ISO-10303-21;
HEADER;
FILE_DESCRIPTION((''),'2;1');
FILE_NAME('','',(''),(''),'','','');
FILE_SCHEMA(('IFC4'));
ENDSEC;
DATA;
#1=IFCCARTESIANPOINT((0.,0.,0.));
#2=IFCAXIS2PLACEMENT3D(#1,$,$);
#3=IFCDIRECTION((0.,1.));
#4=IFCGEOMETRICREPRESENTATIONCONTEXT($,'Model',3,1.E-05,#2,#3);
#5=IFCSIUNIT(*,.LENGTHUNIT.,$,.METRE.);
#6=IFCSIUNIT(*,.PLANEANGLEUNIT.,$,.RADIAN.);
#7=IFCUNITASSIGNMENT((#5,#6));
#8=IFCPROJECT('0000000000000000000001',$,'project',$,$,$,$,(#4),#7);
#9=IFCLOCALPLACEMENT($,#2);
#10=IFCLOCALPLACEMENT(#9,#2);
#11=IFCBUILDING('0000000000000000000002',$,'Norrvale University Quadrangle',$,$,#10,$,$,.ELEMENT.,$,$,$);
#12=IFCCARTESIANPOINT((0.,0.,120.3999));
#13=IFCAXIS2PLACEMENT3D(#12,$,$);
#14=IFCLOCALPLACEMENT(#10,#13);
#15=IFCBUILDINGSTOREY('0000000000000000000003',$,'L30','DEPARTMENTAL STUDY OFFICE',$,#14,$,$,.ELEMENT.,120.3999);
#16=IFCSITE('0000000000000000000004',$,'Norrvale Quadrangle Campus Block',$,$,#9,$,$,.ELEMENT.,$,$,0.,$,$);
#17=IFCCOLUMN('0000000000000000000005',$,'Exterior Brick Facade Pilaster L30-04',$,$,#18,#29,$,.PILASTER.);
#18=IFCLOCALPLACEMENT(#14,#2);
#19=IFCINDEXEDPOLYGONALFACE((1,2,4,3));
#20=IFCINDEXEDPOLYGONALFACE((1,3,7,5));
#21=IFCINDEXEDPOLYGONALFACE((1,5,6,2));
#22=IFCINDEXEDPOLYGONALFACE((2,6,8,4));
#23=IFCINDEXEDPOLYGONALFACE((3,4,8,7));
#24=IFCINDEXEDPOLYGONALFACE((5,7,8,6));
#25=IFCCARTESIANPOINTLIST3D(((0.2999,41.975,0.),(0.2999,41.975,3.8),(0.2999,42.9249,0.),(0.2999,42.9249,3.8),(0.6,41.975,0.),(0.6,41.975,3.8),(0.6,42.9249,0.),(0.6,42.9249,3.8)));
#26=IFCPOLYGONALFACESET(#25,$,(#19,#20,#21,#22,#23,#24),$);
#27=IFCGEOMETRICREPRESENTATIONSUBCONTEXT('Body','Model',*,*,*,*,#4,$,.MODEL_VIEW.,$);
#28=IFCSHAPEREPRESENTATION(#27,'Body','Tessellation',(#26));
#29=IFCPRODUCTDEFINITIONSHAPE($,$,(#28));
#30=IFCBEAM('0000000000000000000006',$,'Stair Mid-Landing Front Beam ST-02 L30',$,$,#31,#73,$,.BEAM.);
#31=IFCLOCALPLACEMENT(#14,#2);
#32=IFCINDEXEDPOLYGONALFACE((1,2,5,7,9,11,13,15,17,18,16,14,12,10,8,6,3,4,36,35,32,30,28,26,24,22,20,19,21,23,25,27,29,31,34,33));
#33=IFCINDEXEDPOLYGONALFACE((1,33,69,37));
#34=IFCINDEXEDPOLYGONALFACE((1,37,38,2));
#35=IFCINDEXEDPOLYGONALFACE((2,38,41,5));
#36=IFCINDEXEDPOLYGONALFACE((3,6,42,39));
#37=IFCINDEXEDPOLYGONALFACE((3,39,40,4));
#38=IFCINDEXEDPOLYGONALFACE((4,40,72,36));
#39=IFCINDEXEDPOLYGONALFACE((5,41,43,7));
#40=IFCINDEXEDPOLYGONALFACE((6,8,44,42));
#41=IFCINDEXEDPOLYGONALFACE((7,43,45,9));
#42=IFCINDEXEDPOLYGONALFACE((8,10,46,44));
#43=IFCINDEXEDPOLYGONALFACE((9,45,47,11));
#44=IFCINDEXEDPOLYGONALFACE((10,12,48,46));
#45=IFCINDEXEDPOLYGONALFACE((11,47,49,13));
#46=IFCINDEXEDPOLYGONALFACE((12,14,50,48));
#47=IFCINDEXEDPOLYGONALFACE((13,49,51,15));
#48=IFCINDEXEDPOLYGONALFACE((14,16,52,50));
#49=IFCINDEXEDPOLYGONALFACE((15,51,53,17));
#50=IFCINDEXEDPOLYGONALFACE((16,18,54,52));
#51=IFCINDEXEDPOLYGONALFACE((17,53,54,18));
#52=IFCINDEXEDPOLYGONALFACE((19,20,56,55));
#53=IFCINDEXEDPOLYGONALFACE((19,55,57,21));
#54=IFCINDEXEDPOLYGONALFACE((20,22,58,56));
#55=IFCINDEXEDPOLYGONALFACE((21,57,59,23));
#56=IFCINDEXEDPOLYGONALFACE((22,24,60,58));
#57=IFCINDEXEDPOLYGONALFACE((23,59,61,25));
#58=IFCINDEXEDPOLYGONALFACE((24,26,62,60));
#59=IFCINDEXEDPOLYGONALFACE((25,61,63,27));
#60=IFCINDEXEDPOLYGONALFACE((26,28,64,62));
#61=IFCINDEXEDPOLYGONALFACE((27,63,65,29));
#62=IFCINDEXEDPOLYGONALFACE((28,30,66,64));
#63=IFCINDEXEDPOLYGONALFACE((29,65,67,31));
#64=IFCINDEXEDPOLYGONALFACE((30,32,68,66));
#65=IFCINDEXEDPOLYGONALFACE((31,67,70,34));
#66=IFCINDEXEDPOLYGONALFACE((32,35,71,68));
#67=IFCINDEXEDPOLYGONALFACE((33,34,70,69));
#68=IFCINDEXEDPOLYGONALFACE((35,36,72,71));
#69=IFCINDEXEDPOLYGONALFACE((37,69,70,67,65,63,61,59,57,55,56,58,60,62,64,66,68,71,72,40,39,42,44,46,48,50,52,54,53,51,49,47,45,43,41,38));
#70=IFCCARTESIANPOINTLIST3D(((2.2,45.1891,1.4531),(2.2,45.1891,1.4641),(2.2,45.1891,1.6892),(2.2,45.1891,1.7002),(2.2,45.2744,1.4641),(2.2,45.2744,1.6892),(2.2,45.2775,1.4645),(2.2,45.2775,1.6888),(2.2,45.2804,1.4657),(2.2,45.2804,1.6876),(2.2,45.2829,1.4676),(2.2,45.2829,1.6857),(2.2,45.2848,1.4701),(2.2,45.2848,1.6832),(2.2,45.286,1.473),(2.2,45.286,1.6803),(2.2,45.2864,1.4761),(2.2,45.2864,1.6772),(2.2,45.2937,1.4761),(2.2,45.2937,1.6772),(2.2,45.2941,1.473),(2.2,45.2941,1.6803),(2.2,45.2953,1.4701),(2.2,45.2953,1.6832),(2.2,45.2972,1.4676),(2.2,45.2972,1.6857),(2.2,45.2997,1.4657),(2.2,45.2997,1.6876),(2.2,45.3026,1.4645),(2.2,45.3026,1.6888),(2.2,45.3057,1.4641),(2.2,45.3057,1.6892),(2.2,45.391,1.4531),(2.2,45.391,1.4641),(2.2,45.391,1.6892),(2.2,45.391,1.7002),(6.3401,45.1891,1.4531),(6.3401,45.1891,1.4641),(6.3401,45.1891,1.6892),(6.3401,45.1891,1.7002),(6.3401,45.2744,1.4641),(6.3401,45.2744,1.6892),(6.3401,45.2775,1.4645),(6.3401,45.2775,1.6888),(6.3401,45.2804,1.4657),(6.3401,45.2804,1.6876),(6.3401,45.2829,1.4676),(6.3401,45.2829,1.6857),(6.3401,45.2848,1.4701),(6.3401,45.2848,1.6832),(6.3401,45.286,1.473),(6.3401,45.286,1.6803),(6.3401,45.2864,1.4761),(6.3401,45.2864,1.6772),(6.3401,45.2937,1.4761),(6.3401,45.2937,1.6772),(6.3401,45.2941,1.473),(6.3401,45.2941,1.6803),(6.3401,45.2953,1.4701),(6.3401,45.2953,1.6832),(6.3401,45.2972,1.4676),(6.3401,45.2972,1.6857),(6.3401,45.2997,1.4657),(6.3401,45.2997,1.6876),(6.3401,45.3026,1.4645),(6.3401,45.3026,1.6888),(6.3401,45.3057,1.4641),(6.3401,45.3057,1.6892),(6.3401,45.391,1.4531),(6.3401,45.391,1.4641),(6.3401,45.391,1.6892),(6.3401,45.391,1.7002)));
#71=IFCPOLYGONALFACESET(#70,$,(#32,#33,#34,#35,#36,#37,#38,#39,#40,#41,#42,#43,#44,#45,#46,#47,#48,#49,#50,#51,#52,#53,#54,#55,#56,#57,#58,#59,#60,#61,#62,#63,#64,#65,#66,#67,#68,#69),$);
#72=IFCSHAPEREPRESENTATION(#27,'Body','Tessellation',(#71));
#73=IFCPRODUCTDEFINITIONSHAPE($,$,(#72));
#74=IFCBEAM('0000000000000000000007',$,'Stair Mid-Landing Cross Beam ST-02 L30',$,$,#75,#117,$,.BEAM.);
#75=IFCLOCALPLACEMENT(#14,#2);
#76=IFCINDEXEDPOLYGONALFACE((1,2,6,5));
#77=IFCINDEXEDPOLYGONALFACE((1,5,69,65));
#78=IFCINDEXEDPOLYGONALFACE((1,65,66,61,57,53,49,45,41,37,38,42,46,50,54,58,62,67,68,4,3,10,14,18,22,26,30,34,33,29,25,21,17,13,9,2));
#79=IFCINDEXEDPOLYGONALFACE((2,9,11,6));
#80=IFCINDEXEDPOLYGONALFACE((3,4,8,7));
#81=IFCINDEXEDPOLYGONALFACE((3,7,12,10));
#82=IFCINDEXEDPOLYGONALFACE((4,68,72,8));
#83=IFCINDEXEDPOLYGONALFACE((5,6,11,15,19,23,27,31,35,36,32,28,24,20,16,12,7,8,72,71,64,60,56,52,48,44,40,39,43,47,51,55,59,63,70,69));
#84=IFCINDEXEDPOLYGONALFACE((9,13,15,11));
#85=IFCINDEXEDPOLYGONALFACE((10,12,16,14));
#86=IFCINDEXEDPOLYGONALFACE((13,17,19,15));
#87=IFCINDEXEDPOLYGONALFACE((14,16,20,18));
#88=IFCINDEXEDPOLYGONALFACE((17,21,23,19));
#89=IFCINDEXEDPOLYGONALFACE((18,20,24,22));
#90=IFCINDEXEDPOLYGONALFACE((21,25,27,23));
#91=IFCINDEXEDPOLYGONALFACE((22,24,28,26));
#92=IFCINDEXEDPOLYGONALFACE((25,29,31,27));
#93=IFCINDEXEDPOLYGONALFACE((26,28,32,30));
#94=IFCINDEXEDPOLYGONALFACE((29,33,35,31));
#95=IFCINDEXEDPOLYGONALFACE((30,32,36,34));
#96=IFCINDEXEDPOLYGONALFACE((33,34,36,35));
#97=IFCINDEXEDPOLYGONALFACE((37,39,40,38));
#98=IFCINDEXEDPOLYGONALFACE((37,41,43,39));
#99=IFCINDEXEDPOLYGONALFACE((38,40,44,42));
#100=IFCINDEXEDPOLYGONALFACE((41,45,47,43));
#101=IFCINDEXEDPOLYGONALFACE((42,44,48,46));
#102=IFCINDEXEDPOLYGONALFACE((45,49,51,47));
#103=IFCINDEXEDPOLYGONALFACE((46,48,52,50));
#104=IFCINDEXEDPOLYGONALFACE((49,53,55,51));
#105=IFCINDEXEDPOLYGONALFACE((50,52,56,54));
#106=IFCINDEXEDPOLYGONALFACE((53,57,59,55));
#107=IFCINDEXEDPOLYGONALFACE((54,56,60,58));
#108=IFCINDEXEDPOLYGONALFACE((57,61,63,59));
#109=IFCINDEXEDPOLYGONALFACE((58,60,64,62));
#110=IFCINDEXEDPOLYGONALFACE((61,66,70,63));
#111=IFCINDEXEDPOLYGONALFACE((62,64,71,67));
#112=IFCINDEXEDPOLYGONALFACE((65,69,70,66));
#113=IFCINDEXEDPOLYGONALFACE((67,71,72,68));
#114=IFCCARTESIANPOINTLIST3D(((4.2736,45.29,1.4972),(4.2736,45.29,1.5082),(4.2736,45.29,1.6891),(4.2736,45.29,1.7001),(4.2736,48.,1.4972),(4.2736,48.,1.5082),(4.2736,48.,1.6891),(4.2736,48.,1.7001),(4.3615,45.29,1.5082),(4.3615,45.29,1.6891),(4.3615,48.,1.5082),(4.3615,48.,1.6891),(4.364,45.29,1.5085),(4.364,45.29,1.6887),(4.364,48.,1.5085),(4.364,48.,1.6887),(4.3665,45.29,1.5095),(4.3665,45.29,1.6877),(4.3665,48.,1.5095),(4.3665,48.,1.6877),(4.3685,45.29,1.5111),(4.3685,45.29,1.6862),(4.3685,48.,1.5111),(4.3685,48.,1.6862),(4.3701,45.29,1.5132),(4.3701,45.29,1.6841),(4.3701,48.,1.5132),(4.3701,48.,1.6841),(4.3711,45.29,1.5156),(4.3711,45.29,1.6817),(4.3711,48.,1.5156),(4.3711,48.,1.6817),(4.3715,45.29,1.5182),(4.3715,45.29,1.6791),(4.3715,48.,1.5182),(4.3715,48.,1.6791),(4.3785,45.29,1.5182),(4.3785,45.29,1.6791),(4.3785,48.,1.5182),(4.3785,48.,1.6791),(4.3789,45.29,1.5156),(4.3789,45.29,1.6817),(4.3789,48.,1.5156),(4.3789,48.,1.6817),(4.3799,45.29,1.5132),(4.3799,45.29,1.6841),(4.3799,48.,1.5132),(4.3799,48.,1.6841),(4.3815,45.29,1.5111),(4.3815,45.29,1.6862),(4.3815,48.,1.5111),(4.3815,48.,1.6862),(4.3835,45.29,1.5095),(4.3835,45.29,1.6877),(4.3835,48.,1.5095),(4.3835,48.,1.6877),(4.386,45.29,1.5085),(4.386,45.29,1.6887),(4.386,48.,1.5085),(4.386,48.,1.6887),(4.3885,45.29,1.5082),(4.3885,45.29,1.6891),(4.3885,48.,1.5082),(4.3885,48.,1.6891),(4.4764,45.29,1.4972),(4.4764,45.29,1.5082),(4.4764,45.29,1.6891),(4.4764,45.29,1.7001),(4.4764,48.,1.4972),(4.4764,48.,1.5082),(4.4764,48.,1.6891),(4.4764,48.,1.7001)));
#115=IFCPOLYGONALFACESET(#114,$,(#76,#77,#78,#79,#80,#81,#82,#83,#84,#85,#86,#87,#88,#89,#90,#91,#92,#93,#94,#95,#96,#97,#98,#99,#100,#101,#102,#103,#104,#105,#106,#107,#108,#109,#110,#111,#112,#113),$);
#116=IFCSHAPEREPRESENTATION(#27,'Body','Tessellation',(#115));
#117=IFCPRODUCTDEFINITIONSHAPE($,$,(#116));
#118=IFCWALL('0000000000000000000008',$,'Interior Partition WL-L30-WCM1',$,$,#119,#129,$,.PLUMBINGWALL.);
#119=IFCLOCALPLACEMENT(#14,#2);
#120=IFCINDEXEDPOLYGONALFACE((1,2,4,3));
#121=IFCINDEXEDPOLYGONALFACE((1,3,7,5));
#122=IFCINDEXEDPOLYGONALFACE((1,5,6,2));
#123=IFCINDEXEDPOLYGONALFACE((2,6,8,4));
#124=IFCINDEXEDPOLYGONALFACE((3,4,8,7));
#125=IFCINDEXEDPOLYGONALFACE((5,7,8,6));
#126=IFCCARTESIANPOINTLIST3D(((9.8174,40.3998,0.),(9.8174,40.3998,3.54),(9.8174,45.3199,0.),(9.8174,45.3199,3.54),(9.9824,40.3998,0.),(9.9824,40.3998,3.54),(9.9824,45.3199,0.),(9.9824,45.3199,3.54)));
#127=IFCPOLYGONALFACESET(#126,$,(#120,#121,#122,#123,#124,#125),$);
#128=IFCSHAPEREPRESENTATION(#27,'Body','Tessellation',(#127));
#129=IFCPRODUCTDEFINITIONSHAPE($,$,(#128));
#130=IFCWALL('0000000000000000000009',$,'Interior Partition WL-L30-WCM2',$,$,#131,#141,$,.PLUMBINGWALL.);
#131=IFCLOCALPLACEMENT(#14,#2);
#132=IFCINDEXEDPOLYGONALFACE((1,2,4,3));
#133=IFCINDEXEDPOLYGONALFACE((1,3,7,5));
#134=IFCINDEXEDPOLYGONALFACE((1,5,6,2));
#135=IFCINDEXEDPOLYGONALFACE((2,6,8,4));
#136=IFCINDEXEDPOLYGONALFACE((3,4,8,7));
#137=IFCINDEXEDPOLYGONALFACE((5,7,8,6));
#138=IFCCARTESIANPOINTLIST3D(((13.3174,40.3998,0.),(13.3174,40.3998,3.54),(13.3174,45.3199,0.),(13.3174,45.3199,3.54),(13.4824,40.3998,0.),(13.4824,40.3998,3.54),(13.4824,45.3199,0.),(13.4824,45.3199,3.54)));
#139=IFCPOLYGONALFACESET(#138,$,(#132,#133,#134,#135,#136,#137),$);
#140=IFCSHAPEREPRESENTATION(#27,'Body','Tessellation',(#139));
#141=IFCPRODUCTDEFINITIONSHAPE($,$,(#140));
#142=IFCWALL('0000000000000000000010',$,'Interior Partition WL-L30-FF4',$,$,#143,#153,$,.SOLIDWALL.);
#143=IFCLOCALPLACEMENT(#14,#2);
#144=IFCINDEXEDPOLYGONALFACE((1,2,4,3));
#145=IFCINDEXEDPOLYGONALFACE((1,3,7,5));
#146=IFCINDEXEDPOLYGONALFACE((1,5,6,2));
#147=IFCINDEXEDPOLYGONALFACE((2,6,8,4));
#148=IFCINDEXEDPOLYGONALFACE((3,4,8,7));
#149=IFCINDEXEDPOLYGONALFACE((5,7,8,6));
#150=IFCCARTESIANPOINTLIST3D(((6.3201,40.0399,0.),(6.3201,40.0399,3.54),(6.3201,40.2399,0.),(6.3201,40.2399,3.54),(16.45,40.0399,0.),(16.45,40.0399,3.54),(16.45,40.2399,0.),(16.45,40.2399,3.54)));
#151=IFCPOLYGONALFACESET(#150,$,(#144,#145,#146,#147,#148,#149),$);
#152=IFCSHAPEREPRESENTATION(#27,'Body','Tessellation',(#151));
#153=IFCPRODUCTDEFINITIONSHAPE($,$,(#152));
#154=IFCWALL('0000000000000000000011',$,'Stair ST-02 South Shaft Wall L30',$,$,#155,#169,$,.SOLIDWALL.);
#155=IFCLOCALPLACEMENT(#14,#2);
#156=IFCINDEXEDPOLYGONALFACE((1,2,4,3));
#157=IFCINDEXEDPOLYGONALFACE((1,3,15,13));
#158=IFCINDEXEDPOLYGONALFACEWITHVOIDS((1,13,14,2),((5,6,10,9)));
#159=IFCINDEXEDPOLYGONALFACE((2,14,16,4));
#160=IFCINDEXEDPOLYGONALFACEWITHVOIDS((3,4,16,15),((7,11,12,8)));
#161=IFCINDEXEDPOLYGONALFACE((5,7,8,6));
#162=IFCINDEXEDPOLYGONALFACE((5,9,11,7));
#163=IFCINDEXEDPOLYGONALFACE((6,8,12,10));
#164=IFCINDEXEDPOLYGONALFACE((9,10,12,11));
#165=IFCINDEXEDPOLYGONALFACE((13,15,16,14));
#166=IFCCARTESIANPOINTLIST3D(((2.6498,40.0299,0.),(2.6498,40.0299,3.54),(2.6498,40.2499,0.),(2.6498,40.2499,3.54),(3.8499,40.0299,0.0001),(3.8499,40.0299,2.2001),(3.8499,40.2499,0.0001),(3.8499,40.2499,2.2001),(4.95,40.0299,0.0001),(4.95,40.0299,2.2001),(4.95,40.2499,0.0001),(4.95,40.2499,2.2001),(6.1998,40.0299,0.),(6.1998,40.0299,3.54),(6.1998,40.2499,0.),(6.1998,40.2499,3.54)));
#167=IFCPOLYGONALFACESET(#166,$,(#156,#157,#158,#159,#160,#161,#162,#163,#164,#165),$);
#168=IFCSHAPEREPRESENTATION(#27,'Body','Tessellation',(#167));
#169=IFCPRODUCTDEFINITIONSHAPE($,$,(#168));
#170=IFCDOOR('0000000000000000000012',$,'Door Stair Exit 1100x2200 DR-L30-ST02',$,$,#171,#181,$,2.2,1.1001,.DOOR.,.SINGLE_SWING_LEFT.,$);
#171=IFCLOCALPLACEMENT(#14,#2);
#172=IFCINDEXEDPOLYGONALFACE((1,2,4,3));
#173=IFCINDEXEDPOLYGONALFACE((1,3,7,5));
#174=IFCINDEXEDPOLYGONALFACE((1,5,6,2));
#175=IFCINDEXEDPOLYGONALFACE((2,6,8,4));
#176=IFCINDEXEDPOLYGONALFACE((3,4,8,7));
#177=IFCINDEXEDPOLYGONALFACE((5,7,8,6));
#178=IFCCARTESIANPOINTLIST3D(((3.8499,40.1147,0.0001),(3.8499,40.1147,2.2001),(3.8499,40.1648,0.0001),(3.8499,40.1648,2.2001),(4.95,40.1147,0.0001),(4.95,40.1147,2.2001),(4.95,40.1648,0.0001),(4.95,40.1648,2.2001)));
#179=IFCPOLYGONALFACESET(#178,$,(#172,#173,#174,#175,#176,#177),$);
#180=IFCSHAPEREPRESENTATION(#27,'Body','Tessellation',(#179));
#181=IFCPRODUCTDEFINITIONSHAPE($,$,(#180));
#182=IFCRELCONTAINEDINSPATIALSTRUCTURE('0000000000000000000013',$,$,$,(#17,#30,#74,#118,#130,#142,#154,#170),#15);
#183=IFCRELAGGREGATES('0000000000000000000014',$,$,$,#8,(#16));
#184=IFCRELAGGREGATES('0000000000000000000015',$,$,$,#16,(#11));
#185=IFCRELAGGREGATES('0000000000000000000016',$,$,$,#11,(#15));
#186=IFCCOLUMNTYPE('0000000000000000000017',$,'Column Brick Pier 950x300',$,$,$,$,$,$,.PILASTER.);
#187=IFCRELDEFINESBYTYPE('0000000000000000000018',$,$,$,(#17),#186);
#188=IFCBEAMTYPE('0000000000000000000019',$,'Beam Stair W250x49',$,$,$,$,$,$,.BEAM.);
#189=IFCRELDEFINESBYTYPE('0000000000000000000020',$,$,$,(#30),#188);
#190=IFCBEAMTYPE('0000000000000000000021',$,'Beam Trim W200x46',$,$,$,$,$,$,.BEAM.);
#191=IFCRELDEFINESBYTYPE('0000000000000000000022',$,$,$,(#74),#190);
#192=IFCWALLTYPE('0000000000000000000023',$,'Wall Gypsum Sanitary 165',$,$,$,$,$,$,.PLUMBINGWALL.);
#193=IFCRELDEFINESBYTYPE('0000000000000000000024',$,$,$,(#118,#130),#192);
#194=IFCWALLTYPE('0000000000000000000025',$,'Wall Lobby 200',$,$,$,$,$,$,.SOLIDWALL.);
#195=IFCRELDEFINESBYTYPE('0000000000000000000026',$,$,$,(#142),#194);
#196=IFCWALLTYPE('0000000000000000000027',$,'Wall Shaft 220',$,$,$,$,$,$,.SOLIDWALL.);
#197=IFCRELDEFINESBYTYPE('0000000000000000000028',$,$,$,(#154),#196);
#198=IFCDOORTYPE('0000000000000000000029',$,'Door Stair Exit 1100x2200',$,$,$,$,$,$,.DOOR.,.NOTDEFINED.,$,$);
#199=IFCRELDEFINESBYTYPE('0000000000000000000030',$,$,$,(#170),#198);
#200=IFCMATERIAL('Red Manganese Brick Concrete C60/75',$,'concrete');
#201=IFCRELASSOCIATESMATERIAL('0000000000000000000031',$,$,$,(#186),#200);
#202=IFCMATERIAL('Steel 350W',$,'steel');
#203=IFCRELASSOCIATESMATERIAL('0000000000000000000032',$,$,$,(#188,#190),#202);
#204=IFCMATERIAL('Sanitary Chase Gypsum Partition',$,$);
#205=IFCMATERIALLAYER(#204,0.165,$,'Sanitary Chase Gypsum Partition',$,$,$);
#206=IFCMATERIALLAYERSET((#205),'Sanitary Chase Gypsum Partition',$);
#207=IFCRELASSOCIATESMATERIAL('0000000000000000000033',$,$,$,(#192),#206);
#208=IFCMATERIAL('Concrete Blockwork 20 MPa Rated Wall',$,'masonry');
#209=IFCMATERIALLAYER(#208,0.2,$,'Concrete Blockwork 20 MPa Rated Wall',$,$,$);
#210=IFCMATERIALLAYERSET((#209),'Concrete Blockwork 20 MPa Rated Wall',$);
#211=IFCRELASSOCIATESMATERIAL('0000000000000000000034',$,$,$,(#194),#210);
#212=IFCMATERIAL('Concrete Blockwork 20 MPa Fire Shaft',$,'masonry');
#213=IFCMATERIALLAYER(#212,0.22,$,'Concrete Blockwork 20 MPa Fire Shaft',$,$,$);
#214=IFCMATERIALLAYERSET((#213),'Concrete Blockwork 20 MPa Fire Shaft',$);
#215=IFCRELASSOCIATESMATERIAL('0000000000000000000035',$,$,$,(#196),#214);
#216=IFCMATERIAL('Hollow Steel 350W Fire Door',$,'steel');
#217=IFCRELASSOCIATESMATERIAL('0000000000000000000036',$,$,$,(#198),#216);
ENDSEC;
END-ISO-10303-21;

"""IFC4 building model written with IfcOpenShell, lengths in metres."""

from ifc_helpers import new_model, si_unit, direction, frame, frame_2d, origin, origin_2d, place, context, subcontext, project, spatial, rectangle, i_section, extrude, material, layer, layer_set, material_profile, profile_set, type_object, element, fill, save


model = new_model("IFC4")

# Units and contexts
model_context = context("Model", 3, precision=1e-05, world=origin(), true_north=direction((0.0, 1.0)))
body_context = subcontext(model_context, "Body", "Model", "MODEL_VIEW")
ifc_project = project(units=[si_unit("LENGTHUNIT", "METRE"), si_unit("PLANEANGLEUNIT", "RADIAN")], contexts=[model_context])

# Site, building, storey
site_placement = place(None, origin())
site = spatial("IfcSite", under=ifc_project, at=site_placement, Name="Norrvale Quadrangle Campus Block", CompositionType="ELEMENT", RefElevation=0.0)
building_placement = place(site_placement, origin())
building = spatial("IfcBuilding", under=site, at=building_placement, Name="Norrvale University Quadrangle", CompositionType="ELEMENT")
storey_placement = place(building_placement, frame((0.0, 0.0, 120.3999)))
storey = spatial("IfcBuildingStorey", under=building, at=storey_placement, Name="L30", Description="DEPARTMENTAL STUDY OFFICE", CompositionType="ELEMENT", Elevation=120.3999)

# Column
ifc_material_1 = material(Name="Red Manganese Brick Concrete C60/75", Category="concrete")
ifc_material_profile_1 = material_profile(ifc_material_1, rectangle(XDim=0.95, YDim=0.3, at=origin_2d()), Name="Red Manganese Brick Concrete C60/75")
ifc_profile_set_1 = profile_set([ifc_material_profile_1], Name="Red Manganese Brick Concrete C60/75")
column_type = type_object("IfcColumnType", Name="Column Brick Pier 950x300", PredefinedType="PILASTER", material=ifc_profile_set_1)
column_placement = place(storey_placement, frame((0.45, 42.45, 0.0), z_axis=(0.0, 0.0, 1.0), x_axis=(0.0, 1.0, 0.0)))
element("IfcColumn", 1, at=column_placement, inside=storey, type_object=column_type, Name="Exterior Brick Facade Pilaster L30-04", PredefinedType="PILASTER", context=body_context, shape_type="SweptSolid", body=[
    extrude(rectangle(XDim=0.95, YDim=0.3, at=origin_2d()), origin(), (0.0, 0.0, 1.0), 3.8),
])

# Beams
ifc_material_2 = material(Name="Steel 350W", Category="steel")
ifc_material_profile_2 = material_profile(ifc_material_2, i_section(OverallWidth=0.2019, OverallDepth=0.2471, WebThickness=0.0073, FlangeThickness=0.011, FilletRadius=0.012, at=origin_2d()), Name="Steel 350W")
ifc_profile_set_2 = profile_set([ifc_material_profile_2], Name="Steel 350W")
beam_type_1 = type_object("IfcBeamType", Name="Beam Stair W250x49", PredefinedType="BEAM", material=ifc_profile_set_2)
beam_1_placement = place(storey_placement, frame((2.2, 45.29, 1.5767), z_axis=(1.0, 0.0, 0.0), x_axis=(0.0, 1.0, 0.0)))
element("IfcBeam", 2, at=beam_1_placement, inside=storey, type_object=beam_type_1, Name="Stair Mid-Landing Front Beam ST-02 L30", PredefinedType="BEAM", context=body_context, shape_type="SweptSolid", body=[
    extrude(i_section(OverallWidth=0.2019, OverallDepth=0.2471, WebThickness=0.0073, FlangeThickness=0.011, FilletRadius=0.012, at=origin_2d()), origin(), (0.0, 0.0, 1.0), 4.1401),
])
ifc_material_profile_3 = material_profile(ifc_material_2, i_section(OverallWidth=0.2029, OverallDepth=0.2029, WebThickness=0.0071, FlangeThickness=0.011, FilletRadius=0.01, at=origin_2d()), Name="Steel 350W")
ifc_profile_set_3 = profile_set([ifc_material_profile_3], Name="Steel 350W")
beam_type_2 = type_object("IfcBeamType", Name="Beam Trim W200x46", PredefinedType="BEAM", material=ifc_profile_set_3)
beam_2_placement = place(storey_placement, frame((4.375, 45.29, 1.5986), z_axis=(0.0, 1.0, 0.0), x_axis=(-1.0, 0.0, 0.0)))
element("IfcBeam", 3, at=beam_2_placement, inside=storey, type_object=beam_type_2, Name="Stair Mid-Landing Cross Beam ST-02 L30", PredefinedType="BEAM", context=body_context, shape_type="SweptSolid", body=[
    extrude(i_section(OverallWidth=0.2029, OverallDepth=0.2029, WebThickness=0.0071, FlangeThickness=0.011, FilletRadius=0.01, at=origin_2d()), origin(), (0.0, 0.0, 1.0), 2.71),
])

# Walls
ifc_material_3 = material(Name="Sanitary Chase Gypsum Partition")
ifc_layer_1 = layer(ifc_material_3, 0.165, Name="Sanitary Chase Gypsum Partition")
ifc_layer_set_1 = layer_set([ifc_layer_1], Name="Sanitary Chase Gypsum Partition")
wall_type_1 = type_object("IfcWallType", Name="Wall Gypsum Sanitary 165", PredefinedType="PLUMBINGWALL", material=ifc_layer_set_1)
for number, where, z_axis, x_axis, name in (
    (4, (9.8999, 40.3999, 0.0), (0.0, 0.0, 1.0), (0.0, 1.0, 0.0), "Interior Partition WL-L30-WCM1"),
    (5, (13.3999, 40.3999, 0.0), (0.0, 0.0, 1.0), (0.0, 1.0, 0.0), "Interior Partition WL-L30-WCM2"),
):
    element("IfcWall", number, at=place(storey_placement, frame(where, z_axis=z_axis, x_axis=x_axis)), inside=storey, type_object=wall_type_1, Name=name, PredefinedType="PLUMBINGWALL", context=body_context, shape_type="SweptSolid", body=[
        extrude(rectangle(XDim=4.9202, YDim=0.165, at=frame_2d((2.46, 0.0))), origin(), (0.0, 0.0, 1.0), 3.54),
    ])
ifc_material_4 = material(Name="Concrete Blockwork 20 MPa Rated Wall", Category="masonry")
ifc_layer_2 = layer(ifc_material_4, 0.2, Name="Concrete Blockwork 20 MPa Rated Wall")
ifc_layer_set_2 = layer_set([ifc_layer_2], Name="Concrete Blockwork 20 MPa Rated Wall")
wall_type_2 = type_object("IfcWallType", Name="Wall Lobby 200", PredefinedType="SOLIDWALL", material=ifc_layer_set_2)
wall_1_placement = place(storey_placement, frame((6.3201, 40.1399, 0.0), z_axis=(0.0, 0.0, 1.0), x_axis=(1.0, 0.0, 0.0)))
element("IfcWall", 6, at=wall_1_placement, inside=storey, type_object=wall_type_2, Name="Interior Partition WL-L30-FF4", PredefinedType="SOLIDWALL", context=body_context, shape_type="SweptSolid", body=[
    extrude(rectangle(XDim=10.1299, YDim=0.2, at=frame_2d((5.0649, 0.0))), origin(), (0.0, 0.0, 1.0), 3.54),
])

# Wall, opening, door
ifc_material_5 = material(Name="Concrete Blockwork 20 MPa Fire Shaft", Category="masonry")
ifc_layer_3 = layer(ifc_material_5, 0.22, Name="Concrete Blockwork 20 MPa Fire Shaft")
ifc_layer_set_3 = layer_set([ifc_layer_3], Name="Concrete Blockwork 20 MPa Fire Shaft")
wall_type_3 = type_object("IfcWallType", Name="Wall Shaft 220", PredefinedType="SOLIDWALL", material=ifc_layer_set_3)
wall_2_placement = place(storey_placement, frame((2.6499, 40.1399, 0.0), z_axis=(0.0, 0.0, 1.0), x_axis=(1.0, 0.0, 0.0)))
wall_2 = element("IfcWall", 7, at=wall_2_placement, inside=storey, type_object=wall_type_3, Name="Stair ST-02 South Shaft Wall L30", PredefinedType="SOLIDWALL", context=body_context, shape_type="SweptSolid", body=[
    extrude(rectangle(XDim=3.55, YDim=0.22, at=frame_2d((1.7749, 0.0))), origin(), (0.0, 0.0, 1.0), 3.54),
])
opening_placement = place(wall_2_placement, frame((1.2, 0.0, 0.0)))
opening = element("IfcOpeningElement", 8, at=opening_placement, cuts=wall_2, PredefinedType="OPENING", context=body_context, shape_type="SweptSolid", body=[
    extrude(rectangle(XDim=1.1001, YDim=2.2, at=frame_2d((0.55, 1.1001))), frame((0.0, 0.1221, 0.0), z_axis=(0.0, -1.0, 0.0), x_axis=(1.0, 0.0, 0.0)), (0.0, 0.0, 1.0), 0.2439),
])
ifc_material_6 = material(Name="Hollow Steel 350W Fire Door", Category="steel")
door_type = type_object("IfcDoorType", Name="Door Stair Exit 1100x2200", OperationType="NOTDEFINED", PredefinedType="DOOR", material=ifc_material_6)
door_placement = place(opening_placement, origin())
door = element("IfcDoor", 9, at=door_placement, inside=storey, type_object=door_type, Name="Door Stair Exit 1100x2200 DR-L30-ST02", OperationType="SINGLE_SWING_LEFT", OverallHeight=2.2, OverallWidth=1.1001, PredefinedType="DOOR", context=body_context, shape_type="SweptSolid", body=[
    extrude(rectangle(XDim=1.1001, YDim=2.2, at=frame_2d((0.55, 1.1001))), frame((0.0, 0.0249, 0.0), z_axis=(0.0, -1.0, 0.0), x_axis=(1.0, 0.0, 0.0)), (0.0, 0.0, 1.0), 0.05),
])
fill(opening, door)

save(model, "model.ifc")
